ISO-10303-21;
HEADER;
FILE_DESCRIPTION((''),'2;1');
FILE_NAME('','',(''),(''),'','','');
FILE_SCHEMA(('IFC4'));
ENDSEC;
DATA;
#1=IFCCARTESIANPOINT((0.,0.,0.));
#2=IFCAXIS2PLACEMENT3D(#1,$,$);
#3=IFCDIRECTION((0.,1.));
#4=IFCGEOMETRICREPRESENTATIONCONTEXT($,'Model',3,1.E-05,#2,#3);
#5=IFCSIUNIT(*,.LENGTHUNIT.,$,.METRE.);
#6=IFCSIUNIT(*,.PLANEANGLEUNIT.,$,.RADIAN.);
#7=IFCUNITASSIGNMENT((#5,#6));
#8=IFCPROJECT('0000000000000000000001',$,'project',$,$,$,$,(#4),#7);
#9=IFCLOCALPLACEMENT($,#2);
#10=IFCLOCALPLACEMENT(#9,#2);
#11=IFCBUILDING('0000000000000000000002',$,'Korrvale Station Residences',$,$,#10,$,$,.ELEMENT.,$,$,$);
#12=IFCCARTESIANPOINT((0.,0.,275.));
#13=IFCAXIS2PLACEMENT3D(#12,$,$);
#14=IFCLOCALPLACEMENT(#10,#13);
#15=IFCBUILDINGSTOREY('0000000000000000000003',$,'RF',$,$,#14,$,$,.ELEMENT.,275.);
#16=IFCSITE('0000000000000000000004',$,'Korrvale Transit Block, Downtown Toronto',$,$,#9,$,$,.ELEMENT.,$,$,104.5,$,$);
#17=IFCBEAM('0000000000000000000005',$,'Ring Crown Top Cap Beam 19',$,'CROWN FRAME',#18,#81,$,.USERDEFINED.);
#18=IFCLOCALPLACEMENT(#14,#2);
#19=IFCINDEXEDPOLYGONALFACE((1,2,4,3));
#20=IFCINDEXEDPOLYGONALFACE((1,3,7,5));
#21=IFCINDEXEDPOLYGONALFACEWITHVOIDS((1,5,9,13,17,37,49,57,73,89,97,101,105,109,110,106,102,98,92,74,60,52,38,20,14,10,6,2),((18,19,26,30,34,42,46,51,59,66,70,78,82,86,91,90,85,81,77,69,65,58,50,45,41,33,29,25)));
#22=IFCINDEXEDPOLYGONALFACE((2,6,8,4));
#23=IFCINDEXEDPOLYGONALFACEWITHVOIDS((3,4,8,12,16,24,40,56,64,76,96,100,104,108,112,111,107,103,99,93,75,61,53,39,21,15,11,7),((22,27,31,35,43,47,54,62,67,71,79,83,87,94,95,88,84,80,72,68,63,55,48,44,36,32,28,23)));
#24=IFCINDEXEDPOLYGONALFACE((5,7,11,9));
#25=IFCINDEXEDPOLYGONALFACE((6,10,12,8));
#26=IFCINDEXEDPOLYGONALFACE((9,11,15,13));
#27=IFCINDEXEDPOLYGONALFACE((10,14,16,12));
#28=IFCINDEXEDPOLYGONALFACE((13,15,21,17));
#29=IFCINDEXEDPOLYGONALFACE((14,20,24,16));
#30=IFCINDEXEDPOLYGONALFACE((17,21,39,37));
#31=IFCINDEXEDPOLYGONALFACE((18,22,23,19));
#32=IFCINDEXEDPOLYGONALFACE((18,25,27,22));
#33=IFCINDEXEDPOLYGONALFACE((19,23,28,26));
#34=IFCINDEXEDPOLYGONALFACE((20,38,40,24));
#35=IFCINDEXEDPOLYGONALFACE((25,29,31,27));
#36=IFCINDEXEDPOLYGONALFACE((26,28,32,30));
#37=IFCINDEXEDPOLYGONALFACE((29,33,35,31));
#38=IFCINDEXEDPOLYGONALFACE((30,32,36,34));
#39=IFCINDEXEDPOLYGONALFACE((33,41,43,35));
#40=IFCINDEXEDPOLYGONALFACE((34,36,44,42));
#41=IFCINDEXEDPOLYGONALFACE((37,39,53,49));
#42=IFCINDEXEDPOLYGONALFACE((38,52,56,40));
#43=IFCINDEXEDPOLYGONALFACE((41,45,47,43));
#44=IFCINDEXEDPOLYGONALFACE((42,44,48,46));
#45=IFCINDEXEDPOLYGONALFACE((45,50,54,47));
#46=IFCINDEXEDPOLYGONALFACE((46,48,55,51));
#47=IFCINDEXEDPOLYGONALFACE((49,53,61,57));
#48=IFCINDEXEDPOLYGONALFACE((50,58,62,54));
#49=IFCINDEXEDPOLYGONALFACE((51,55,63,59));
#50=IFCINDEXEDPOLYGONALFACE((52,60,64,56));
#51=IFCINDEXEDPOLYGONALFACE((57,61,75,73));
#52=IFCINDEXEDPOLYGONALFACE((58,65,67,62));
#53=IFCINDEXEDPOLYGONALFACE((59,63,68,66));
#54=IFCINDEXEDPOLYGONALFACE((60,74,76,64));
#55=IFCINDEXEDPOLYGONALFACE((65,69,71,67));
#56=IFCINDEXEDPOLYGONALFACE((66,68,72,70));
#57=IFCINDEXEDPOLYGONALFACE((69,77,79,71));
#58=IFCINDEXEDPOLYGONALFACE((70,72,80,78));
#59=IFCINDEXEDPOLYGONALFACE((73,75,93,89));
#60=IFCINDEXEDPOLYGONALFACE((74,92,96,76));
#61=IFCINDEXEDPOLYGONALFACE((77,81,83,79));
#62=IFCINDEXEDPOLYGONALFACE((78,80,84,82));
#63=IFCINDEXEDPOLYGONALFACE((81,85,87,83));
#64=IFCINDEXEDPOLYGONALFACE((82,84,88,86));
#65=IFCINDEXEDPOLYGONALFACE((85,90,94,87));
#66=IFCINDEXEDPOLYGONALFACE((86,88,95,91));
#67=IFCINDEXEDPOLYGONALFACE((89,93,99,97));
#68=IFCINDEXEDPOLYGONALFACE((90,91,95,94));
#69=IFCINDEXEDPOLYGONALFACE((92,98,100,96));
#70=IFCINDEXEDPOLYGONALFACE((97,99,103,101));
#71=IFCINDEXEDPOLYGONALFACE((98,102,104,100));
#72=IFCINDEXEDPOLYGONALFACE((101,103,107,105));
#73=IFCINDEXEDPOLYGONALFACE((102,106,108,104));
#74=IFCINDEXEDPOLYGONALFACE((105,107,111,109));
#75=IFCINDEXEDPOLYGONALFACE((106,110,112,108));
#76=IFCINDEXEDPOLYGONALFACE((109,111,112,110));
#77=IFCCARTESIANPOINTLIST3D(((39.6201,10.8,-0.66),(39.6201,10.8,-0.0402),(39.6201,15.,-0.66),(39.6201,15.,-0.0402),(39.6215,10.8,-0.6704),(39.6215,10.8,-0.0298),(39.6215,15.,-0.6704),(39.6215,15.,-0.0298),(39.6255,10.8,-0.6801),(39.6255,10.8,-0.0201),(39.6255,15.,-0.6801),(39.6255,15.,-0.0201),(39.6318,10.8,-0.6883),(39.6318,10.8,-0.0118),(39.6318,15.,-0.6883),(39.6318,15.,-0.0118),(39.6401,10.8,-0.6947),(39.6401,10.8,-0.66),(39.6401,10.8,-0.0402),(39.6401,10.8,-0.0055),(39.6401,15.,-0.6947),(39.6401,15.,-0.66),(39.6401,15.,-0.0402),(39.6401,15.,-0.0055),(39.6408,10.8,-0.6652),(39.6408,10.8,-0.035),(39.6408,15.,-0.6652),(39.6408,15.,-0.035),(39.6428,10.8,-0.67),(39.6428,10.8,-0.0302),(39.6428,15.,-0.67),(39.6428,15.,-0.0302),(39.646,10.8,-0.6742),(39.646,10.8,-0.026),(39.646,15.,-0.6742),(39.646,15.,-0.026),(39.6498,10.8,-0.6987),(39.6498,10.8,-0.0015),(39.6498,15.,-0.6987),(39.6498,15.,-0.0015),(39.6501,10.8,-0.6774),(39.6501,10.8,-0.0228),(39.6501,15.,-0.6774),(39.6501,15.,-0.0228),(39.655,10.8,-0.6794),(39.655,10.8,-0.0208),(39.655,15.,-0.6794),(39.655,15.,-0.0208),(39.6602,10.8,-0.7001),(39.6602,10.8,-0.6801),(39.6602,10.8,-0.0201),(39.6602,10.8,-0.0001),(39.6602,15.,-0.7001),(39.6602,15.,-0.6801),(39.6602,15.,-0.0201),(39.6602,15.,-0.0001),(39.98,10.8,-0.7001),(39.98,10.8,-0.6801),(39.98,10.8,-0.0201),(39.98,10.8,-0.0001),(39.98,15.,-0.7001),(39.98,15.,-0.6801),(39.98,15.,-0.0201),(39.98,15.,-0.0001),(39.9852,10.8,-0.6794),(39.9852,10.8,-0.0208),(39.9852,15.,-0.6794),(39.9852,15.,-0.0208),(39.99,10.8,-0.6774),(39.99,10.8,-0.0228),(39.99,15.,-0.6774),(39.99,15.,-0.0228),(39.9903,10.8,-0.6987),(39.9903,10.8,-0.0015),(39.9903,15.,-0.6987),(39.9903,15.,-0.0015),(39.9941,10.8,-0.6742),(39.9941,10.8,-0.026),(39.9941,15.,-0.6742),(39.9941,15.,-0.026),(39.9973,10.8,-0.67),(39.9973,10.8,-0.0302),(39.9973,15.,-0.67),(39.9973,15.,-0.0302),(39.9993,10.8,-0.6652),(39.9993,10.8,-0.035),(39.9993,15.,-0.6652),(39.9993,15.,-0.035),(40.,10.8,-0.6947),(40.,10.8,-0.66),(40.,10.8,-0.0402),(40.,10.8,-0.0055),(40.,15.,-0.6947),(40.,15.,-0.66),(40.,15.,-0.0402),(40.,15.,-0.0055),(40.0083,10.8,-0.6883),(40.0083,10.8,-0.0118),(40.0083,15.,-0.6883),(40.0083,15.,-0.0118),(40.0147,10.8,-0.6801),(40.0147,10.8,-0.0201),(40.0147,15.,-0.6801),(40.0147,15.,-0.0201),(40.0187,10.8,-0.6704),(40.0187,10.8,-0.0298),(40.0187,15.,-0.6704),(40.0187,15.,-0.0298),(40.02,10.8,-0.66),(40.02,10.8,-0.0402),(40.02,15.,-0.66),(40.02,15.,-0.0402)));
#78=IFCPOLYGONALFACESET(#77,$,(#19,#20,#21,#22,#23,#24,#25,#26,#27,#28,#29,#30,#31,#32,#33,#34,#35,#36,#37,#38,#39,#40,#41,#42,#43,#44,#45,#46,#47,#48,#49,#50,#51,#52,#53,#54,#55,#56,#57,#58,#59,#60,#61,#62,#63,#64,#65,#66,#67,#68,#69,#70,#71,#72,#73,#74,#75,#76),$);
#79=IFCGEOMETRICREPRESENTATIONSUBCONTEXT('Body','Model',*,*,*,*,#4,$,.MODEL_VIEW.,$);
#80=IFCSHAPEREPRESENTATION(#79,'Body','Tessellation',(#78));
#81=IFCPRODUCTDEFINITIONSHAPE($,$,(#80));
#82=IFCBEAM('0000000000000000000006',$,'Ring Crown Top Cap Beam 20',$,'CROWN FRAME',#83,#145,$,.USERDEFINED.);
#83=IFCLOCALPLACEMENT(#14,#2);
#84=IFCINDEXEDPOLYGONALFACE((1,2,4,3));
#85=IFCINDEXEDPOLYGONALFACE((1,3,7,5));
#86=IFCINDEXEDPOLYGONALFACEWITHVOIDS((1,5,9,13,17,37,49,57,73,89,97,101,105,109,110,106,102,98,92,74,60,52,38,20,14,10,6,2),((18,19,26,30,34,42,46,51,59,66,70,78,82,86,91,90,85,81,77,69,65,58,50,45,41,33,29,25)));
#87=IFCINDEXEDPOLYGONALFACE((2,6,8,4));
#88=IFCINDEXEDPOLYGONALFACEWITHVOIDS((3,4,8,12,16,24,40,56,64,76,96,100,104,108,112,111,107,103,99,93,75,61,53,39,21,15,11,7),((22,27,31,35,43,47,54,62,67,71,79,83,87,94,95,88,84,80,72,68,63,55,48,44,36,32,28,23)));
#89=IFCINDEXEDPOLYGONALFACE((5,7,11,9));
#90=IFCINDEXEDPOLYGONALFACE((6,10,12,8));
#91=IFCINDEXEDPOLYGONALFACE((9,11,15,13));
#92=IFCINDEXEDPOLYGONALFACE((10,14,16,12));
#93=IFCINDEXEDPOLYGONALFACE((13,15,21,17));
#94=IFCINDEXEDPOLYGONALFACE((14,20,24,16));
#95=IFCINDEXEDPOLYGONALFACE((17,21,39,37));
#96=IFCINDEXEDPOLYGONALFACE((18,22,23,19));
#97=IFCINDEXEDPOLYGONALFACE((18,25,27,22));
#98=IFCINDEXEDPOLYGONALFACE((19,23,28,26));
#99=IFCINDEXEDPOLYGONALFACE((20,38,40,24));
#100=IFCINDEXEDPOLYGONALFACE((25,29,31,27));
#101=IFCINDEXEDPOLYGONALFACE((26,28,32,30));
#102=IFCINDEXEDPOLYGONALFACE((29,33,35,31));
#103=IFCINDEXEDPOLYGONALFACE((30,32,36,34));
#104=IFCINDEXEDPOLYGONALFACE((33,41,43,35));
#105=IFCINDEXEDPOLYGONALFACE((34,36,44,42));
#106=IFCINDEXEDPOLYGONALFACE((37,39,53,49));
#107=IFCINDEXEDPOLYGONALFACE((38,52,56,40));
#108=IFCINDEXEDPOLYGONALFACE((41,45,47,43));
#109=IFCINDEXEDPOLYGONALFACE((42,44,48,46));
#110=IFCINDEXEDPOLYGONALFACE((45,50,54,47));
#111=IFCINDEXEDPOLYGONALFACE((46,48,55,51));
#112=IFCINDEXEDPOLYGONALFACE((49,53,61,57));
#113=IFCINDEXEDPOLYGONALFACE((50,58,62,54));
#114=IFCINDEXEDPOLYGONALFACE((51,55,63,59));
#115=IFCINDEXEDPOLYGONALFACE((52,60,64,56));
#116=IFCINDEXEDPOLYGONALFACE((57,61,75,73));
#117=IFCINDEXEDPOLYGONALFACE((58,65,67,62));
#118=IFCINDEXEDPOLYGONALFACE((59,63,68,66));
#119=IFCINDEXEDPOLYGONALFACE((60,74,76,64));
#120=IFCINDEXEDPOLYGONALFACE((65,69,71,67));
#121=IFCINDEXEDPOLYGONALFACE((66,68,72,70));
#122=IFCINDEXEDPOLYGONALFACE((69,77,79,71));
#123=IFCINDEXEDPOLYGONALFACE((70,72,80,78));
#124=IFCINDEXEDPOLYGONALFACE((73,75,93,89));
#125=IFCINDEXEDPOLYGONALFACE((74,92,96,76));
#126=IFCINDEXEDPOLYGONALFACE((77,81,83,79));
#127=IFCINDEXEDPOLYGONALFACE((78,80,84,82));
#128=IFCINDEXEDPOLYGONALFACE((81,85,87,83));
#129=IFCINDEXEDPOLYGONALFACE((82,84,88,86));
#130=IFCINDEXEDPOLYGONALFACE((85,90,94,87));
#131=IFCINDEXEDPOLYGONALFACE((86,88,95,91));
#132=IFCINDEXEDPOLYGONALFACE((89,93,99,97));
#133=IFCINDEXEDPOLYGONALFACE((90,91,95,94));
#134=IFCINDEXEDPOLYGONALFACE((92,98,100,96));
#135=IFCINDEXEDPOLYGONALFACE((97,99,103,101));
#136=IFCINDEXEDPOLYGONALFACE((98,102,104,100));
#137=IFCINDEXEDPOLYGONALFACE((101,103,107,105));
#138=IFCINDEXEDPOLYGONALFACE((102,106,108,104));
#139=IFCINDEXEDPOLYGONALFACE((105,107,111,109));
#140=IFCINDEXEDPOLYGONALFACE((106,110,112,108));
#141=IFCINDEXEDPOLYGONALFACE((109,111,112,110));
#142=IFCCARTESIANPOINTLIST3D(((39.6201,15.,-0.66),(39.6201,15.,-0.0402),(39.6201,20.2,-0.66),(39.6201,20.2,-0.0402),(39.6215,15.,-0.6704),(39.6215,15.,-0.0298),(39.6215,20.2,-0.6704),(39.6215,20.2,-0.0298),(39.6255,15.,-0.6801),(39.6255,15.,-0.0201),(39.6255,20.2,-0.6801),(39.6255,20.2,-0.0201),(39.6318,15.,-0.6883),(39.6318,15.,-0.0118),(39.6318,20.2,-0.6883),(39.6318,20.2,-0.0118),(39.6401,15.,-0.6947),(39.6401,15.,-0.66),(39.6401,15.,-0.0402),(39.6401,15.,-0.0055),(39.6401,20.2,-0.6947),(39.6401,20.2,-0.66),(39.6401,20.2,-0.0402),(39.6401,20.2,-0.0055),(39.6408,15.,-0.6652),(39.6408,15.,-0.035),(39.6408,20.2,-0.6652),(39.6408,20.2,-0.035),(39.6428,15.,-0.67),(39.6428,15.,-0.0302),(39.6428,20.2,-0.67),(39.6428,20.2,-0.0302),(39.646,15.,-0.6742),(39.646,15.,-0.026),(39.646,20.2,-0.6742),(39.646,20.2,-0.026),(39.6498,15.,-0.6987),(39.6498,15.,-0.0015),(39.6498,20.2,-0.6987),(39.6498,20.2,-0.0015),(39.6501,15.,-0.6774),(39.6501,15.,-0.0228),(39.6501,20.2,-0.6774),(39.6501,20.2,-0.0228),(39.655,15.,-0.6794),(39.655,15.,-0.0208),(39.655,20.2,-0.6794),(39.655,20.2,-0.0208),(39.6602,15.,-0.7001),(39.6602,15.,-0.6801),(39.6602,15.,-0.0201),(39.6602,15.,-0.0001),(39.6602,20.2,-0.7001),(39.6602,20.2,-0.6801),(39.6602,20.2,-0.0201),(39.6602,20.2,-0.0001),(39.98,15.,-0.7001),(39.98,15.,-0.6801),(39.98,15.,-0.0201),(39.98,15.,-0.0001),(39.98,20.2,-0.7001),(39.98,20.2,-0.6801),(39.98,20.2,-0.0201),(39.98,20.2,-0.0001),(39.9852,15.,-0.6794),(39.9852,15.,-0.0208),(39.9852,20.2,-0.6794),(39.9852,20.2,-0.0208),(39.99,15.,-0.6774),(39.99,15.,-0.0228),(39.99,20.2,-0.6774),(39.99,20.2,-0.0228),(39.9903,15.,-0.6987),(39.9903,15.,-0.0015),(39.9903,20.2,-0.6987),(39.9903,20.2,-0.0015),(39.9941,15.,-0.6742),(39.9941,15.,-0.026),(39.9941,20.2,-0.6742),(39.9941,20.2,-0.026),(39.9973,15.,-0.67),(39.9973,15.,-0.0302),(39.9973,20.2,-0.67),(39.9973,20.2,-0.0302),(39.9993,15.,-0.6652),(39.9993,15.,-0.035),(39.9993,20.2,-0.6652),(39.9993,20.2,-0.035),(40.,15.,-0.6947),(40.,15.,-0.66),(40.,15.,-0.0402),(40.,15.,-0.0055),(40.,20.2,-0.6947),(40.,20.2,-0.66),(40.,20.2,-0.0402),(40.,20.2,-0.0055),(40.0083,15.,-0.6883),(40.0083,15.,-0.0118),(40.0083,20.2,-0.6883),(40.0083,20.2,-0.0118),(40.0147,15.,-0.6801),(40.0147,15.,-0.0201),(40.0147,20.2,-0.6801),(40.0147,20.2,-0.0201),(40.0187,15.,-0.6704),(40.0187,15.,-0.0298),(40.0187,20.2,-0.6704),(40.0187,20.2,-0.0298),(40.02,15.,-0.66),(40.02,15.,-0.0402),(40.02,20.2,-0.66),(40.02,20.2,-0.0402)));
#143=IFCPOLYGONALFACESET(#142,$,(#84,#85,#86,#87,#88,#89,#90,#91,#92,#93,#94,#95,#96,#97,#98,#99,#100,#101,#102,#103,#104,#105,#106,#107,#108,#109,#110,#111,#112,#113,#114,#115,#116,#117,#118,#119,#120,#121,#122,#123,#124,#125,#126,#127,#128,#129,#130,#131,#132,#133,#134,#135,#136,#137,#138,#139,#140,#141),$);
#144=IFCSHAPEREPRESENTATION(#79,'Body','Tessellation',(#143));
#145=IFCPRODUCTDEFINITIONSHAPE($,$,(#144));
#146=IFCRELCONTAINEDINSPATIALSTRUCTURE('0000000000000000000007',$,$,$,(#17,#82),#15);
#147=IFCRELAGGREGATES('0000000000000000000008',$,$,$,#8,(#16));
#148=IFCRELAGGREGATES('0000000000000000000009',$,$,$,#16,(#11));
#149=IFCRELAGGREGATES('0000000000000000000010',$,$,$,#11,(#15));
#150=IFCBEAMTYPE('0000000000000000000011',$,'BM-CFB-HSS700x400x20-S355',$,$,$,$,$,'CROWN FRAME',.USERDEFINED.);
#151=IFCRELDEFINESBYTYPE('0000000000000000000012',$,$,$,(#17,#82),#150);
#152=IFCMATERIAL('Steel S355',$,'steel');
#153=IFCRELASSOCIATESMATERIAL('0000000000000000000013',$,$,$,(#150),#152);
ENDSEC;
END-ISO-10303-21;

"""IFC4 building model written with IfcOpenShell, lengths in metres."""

from ifc_helpers import new_model, si_unit, direction, frame, origin, origin_2d, place, context, subcontext, project, spatial, hollow_rectangle, extrude, material, material_profile, profile_set, type_object, element, save


model = new_model("IFC4")

# Units and contexts
model_context = context("Model", 3, precision=1e-05, world=origin(), true_north=direction((0.0, 1.0)))
body_context = subcontext(model_context, "Body", "Model", "MODEL_VIEW")
ifc_project = project(units=[si_unit("LENGTHUNIT", "METRE"), si_unit("PLANEANGLEUNIT", "RADIAN")], contexts=[model_context])

# Site, building, storey
site_placement = place(None, origin())
site = spatial("IfcSite", under=ifc_project, at=site_placement, Name="Korrvale Transit Block, Downtown Toronto", CompositionType="ELEMENT", RefElevation=104.5)
building_placement = place(site_placement, origin())
building = spatial("IfcBuilding", under=site, at=building_placement, Name="Korrvale Station Residences", CompositionType="ELEMENT")
storey_placement = place(building_placement, frame((0.0, 0.0, 275.0)))
storey = spatial("IfcBuildingStorey", under=building, at=storey_placement, Name="RF", CompositionType="ELEMENT", Elevation=275.0)

# Beams
ifc_material_1 = material(Name="Steel S355", Category="steel")
ifc_material_profile = material_profile(ifc_material_1, hollow_rectangle(XDim=0.3999, YDim=0.7, WallThickness=0.02, InnerFilletRadius=0.02, OuterFilletRadius=0.04, at=origin_2d()), Name="HSS700x400x20")
ifc_profile_set = profile_set([ifc_material_profile], Name="Steel S355")
beam_type = type_object("IfcBeamType", Name="BM-CFB-HSS700x400x20-S355", ElementType="CROWN FRAME", PredefinedType="USERDEFINED", material=ifc_profile_set)
beam_1_placement = place(storey_placement, frame((39.8201, 10.8, -0.3501), z_axis=(0.0, 1.0, 0.0), x_axis=(-1.0, 0.0, 0.0)))
element("IfcBeam", 1, at=beam_1_placement, inside=storey, type_object=beam_type, Name="Ring Crown Top Cap Beam 19", ObjectType="CROWN FRAME", PredefinedType="USERDEFINED", context=body_context, shape_type="SweptSolid", body=[
    extrude(hollow_rectangle(XDim=0.3999, YDim=0.7, WallThickness=0.02, InnerFilletRadius=0.02, OuterFilletRadius=0.04, at=origin_2d()), origin(), (0.0, 0.0, 1.0), 4.2),
])
beam_2_placement = place(storey_placement, frame((39.8201, 15.0, -0.3501), z_axis=(0.0, 1.0, 0.0), x_axis=(-1.0, 0.0, 0.0)))
element("IfcBeam", 2, at=beam_2_placement, inside=storey, type_object=beam_type, Name="Ring Crown Top Cap Beam 20", ObjectType="CROWN FRAME", PredefinedType="USERDEFINED", context=body_context, shape_type="SweptSolid", body=[
    extrude(hollow_rectangle(XDim=0.3999, YDim=0.7, WallThickness=0.02, InnerFilletRadius=0.02, OuterFilletRadius=0.04, at=origin_2d()), origin(), (0.0, 0.0, 1.0), 5.2),
])

save(model, "model.ifc")
